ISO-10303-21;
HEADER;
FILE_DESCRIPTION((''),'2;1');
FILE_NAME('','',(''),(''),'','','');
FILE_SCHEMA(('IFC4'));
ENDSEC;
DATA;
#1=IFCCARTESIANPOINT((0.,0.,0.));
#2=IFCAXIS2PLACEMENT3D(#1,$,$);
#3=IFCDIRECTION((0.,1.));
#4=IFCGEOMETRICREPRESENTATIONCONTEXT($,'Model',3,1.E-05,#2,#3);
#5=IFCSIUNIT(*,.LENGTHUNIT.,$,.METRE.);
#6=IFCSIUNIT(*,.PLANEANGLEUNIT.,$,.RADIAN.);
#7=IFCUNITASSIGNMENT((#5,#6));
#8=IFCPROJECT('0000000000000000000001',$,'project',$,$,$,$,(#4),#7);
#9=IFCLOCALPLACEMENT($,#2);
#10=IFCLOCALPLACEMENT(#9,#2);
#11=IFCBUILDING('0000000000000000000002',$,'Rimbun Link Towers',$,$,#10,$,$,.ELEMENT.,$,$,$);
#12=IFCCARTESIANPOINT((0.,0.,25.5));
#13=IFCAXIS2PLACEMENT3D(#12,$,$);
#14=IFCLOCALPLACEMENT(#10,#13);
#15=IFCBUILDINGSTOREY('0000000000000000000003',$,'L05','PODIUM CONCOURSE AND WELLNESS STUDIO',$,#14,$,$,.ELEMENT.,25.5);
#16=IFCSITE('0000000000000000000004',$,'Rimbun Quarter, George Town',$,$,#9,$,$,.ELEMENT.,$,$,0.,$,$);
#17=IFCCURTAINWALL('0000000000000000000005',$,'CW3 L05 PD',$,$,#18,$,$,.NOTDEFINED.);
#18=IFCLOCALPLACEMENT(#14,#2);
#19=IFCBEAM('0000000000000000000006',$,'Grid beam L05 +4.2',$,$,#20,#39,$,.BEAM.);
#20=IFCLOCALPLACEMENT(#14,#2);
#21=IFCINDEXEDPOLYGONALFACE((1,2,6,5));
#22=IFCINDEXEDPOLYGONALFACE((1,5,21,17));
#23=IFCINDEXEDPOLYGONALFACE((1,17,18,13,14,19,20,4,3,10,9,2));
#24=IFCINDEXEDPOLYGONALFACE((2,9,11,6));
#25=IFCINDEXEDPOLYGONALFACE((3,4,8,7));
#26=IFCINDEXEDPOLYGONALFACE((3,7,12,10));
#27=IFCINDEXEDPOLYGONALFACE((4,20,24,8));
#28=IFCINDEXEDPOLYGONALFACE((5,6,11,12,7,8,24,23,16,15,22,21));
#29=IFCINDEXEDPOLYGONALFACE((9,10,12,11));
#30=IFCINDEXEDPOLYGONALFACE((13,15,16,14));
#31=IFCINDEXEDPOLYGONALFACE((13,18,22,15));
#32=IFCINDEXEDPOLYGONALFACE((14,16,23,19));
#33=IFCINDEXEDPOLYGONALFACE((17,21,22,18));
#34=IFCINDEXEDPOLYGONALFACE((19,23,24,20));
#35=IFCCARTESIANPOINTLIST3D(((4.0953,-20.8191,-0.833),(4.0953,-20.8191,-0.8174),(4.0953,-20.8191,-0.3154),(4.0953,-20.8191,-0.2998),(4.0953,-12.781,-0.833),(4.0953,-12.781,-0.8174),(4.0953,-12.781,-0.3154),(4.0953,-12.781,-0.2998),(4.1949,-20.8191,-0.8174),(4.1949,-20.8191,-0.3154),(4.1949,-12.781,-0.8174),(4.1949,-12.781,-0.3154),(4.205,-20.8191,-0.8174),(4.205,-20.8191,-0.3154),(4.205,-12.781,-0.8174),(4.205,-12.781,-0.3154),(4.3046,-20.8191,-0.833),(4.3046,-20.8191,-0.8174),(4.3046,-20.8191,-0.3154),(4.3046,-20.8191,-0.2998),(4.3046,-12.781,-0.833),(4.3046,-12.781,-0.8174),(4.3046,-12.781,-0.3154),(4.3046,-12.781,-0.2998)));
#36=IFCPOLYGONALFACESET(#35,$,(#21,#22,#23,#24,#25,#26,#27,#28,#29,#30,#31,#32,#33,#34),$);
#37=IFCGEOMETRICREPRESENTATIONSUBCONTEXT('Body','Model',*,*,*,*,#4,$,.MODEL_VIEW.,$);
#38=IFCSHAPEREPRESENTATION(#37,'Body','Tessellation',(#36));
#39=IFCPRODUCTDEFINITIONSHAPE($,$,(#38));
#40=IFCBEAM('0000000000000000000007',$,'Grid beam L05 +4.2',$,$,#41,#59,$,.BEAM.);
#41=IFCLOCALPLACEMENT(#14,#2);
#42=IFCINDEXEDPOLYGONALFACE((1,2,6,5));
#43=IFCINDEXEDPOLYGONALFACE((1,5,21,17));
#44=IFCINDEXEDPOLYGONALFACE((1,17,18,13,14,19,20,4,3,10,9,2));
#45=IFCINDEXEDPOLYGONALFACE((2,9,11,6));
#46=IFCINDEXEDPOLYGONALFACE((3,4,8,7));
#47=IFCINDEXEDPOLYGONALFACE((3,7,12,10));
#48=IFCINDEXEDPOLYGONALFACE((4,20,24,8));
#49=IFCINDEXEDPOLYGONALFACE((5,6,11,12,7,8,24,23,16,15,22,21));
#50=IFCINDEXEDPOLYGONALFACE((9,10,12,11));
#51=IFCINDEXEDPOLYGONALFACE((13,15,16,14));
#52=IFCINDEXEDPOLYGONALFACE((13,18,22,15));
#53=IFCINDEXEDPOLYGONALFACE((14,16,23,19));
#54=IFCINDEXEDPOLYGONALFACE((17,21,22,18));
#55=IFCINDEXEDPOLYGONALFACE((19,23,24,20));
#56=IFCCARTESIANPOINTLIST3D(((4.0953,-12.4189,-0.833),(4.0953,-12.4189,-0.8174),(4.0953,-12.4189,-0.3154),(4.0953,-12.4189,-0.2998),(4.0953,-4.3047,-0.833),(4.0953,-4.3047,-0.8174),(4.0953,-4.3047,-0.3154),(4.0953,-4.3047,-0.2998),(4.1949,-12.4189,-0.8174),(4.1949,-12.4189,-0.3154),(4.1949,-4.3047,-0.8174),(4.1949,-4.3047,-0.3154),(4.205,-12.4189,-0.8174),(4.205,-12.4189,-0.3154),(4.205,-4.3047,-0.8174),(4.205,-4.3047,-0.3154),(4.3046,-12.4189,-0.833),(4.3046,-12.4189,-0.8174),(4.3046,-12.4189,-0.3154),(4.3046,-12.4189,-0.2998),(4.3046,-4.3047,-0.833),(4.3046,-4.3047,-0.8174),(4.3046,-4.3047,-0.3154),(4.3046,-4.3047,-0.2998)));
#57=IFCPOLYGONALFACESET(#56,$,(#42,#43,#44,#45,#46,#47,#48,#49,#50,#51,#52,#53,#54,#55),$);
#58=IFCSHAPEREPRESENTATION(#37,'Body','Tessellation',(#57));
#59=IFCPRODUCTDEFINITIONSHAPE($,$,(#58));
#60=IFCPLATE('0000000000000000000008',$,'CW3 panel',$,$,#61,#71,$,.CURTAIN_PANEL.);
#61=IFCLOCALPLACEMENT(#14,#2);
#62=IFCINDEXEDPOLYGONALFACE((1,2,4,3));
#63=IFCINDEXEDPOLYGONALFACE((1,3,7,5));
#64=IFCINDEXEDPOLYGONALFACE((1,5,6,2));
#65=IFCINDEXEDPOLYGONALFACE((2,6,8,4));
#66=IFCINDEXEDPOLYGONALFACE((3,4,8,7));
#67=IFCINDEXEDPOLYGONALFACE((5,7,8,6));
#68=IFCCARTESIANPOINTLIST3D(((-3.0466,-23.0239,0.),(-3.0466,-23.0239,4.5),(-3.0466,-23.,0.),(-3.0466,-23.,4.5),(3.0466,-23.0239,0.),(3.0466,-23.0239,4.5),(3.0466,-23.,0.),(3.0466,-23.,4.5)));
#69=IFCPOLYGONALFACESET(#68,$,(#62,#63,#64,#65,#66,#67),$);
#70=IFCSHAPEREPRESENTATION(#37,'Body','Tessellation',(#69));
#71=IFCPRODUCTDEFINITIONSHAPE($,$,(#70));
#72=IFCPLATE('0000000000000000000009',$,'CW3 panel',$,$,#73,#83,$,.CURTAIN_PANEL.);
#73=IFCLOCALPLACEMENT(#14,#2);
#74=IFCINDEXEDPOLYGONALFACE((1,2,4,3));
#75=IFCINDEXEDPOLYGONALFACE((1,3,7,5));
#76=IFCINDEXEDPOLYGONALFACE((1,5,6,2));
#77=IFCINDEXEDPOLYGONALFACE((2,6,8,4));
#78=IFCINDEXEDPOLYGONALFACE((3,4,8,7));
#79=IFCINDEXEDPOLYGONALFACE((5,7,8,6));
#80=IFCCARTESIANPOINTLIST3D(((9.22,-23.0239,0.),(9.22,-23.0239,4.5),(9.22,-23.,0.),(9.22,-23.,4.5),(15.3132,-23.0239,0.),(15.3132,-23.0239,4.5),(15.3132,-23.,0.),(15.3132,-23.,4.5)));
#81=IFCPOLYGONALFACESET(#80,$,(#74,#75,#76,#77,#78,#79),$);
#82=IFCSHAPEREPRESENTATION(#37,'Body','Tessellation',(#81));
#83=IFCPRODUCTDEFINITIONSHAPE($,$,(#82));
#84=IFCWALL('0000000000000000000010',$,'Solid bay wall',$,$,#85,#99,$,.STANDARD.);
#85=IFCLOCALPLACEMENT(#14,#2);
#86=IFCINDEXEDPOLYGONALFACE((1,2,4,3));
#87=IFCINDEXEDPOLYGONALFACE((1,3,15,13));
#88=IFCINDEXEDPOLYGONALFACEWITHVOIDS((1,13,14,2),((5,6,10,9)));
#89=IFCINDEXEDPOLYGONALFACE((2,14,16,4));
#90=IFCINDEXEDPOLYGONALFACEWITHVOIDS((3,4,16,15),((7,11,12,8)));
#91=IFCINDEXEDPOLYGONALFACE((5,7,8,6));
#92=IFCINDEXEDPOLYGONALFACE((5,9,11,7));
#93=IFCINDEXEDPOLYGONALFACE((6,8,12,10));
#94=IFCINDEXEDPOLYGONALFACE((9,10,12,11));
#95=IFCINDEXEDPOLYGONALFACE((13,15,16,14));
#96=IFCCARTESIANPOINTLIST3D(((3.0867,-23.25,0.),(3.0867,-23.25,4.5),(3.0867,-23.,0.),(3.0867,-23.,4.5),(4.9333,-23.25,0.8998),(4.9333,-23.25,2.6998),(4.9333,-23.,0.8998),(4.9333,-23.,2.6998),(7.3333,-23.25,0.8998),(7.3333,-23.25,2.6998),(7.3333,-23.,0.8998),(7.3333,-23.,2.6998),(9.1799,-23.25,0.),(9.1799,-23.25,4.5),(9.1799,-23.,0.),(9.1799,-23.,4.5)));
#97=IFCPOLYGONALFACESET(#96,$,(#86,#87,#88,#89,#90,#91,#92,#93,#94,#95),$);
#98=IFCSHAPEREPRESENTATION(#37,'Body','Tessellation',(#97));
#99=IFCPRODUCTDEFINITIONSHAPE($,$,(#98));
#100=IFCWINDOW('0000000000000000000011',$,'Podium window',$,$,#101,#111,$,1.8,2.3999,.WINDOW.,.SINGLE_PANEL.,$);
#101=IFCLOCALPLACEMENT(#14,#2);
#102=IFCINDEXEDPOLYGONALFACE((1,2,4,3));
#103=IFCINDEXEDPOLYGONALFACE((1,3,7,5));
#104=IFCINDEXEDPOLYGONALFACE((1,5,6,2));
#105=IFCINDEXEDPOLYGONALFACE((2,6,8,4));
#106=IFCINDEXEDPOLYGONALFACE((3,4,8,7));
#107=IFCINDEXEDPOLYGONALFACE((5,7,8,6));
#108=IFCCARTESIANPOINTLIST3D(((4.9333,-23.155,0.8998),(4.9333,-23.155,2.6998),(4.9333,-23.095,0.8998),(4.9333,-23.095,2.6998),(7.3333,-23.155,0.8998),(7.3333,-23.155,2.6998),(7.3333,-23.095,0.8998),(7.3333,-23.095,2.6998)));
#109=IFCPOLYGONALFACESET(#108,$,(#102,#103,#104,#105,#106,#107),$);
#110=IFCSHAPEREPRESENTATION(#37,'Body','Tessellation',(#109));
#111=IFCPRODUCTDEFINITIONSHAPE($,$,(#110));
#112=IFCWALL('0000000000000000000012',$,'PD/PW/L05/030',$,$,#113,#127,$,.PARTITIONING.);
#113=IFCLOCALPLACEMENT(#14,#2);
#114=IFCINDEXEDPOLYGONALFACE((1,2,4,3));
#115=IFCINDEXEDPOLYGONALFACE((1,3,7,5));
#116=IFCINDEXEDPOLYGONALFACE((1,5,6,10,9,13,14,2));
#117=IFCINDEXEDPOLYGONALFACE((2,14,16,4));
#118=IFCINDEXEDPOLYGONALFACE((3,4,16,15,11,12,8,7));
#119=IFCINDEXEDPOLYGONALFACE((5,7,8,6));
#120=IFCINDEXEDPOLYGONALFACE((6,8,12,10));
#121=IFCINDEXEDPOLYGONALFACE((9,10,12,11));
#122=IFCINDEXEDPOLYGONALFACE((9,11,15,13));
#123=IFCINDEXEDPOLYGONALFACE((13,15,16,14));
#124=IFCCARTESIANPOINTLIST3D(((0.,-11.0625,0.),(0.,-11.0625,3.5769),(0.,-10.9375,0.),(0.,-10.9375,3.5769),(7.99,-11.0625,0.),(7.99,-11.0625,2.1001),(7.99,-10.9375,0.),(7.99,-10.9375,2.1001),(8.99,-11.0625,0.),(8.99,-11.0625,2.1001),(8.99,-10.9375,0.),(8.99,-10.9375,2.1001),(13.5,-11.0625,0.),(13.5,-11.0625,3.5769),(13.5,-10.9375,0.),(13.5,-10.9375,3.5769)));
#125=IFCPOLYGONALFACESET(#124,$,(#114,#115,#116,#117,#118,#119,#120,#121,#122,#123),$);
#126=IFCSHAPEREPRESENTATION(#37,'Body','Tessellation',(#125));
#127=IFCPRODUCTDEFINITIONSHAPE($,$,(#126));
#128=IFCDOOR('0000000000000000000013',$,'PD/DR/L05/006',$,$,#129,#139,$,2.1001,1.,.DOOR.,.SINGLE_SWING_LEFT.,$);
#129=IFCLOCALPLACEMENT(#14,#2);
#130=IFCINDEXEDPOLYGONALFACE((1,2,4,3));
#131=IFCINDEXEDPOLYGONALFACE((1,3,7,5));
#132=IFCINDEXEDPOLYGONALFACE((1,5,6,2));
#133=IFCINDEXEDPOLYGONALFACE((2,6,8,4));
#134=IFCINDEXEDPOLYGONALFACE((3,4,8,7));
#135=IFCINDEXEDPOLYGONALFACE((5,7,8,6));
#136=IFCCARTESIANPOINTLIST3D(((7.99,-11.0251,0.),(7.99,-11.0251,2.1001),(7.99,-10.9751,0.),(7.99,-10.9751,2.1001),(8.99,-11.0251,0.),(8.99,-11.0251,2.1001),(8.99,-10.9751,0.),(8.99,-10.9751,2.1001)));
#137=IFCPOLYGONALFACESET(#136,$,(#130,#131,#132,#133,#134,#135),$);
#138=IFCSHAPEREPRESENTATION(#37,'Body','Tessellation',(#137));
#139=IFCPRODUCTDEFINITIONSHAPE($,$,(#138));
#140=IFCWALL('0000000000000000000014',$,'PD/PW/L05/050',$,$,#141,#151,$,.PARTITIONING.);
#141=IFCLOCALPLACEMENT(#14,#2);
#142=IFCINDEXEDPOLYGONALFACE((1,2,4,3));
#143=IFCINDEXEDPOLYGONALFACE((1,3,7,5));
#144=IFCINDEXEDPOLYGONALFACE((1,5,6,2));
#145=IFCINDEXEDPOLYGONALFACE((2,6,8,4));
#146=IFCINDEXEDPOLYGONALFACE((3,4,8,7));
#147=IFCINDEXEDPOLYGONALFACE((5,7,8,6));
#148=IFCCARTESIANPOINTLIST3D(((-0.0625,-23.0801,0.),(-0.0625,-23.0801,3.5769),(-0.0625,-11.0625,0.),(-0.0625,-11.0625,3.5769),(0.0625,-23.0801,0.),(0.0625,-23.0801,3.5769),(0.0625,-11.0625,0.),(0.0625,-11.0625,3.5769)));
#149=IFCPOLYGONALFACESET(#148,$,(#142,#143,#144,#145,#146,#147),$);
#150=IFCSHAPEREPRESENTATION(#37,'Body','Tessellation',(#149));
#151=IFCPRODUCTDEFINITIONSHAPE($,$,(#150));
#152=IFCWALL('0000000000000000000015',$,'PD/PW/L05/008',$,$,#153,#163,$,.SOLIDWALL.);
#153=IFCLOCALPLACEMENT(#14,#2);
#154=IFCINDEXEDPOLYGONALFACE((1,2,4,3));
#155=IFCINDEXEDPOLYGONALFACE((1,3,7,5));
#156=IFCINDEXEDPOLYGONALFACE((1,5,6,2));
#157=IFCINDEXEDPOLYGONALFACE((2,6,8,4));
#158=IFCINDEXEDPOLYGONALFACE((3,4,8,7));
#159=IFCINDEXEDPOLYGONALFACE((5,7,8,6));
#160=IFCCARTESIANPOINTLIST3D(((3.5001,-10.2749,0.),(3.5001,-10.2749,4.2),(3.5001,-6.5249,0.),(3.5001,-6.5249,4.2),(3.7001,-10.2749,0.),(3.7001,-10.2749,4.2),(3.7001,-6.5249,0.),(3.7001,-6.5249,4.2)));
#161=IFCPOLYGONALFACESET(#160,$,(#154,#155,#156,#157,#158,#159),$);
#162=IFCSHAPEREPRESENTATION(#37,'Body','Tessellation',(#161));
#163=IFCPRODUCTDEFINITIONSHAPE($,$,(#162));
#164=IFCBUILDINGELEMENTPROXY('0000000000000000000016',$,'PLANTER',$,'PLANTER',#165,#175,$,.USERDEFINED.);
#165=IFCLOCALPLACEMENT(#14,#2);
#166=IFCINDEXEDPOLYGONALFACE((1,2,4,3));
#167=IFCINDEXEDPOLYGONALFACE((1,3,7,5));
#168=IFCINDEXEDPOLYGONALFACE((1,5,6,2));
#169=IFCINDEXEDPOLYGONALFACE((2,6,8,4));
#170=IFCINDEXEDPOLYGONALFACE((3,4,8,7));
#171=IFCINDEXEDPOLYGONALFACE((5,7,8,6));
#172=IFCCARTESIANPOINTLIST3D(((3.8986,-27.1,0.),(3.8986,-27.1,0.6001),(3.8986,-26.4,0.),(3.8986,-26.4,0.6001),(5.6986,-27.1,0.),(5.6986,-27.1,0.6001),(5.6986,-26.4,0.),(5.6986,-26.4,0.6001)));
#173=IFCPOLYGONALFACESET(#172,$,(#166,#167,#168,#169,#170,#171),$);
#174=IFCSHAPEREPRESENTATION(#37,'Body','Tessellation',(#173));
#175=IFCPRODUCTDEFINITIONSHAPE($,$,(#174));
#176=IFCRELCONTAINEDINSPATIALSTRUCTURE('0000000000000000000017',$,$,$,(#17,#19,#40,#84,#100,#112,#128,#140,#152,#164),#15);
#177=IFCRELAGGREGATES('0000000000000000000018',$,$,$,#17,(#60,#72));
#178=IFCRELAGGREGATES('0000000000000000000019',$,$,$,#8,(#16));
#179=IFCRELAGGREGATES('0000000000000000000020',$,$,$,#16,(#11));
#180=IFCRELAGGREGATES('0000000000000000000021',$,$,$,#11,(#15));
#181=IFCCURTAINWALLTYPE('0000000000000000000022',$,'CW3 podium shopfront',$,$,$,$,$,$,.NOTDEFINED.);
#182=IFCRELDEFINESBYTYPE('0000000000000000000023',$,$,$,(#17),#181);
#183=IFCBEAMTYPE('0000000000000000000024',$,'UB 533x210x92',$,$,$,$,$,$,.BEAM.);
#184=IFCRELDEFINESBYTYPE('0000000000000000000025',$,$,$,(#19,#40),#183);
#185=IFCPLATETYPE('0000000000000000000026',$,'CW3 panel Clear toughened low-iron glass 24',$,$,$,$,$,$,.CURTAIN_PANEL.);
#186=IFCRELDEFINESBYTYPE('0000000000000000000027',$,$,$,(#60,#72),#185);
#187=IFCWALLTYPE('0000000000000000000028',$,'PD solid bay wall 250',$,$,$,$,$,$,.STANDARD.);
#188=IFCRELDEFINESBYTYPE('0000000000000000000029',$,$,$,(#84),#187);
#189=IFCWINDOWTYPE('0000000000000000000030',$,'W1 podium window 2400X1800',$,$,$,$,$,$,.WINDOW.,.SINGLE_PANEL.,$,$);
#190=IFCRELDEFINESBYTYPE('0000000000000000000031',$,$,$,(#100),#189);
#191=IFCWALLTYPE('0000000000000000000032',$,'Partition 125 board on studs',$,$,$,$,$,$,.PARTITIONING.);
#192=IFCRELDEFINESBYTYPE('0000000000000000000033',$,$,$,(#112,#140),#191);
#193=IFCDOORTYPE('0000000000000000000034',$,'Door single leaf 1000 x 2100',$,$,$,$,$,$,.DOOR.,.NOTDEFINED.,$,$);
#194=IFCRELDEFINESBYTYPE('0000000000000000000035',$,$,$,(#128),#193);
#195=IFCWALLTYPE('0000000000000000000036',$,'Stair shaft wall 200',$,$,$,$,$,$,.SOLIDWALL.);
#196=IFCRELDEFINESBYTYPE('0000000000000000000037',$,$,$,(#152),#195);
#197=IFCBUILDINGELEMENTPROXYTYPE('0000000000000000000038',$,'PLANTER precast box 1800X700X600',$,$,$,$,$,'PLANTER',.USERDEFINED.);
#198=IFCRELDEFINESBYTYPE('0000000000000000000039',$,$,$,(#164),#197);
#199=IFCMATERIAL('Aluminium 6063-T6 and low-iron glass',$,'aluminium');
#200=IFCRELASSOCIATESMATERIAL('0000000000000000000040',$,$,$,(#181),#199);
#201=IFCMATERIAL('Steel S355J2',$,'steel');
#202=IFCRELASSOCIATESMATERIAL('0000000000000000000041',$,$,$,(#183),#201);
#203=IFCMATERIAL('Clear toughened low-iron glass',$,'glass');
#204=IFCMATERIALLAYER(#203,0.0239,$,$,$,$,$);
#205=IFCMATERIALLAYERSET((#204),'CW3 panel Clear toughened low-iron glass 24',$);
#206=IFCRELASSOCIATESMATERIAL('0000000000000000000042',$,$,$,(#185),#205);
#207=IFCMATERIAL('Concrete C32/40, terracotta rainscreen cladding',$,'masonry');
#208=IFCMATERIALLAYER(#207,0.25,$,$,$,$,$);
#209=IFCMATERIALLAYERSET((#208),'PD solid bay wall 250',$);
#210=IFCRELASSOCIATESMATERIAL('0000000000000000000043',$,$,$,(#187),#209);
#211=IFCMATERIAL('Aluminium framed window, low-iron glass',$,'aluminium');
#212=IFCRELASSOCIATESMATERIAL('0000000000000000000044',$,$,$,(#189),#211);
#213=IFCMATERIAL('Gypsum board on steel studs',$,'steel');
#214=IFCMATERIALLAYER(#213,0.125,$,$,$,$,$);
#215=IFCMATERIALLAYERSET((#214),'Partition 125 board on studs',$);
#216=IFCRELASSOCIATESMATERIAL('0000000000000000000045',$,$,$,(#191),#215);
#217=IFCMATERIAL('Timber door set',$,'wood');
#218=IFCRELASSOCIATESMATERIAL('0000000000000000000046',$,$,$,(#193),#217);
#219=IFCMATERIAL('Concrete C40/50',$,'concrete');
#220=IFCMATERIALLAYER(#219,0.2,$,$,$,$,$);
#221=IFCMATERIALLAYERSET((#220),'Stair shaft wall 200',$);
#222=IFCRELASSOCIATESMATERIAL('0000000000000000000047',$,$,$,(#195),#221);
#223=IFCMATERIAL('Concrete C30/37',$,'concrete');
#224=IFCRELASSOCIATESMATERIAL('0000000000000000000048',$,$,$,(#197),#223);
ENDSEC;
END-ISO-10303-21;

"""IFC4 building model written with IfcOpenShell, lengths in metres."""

from ifc_helpers import new_model, si_unit, direction, frame, frame_2d, origin, origin_2d, place, context, subcontext, project, spatial, rectangle, i_section, extrude, material, layer, layer_set, material_profile, profile_set, type_object, element, fill, aggregate, save


model = new_model("IFC4")

# Units and contexts
model_context = context("Model", 3, precision=1e-05, world=origin(), true_north=direction((0.0, 1.0)))
body_context = subcontext(model_context, "Body", "Model", "MODEL_VIEW")
ifc_project = project(units=[si_unit("LENGTHUNIT", "METRE"), si_unit("PLANEANGLEUNIT", "RADIAN")], contexts=[model_context])

# Site, building, storey
site_placement = place(None, origin())
site = spatial("IfcSite", under=ifc_project, at=site_placement, Name="Rimbun Quarter, George Town", CompositionType="ELEMENT", RefElevation=0.0)
building_placement = place(site_placement, origin())
building = spatial("IfcBuilding", under=site, at=building_placement, Name="Rimbun Link Towers", CompositionType="ELEMENT")
storey_placement = place(building_placement, frame((0.0, 0.0, 25.5)))
storey = spatial("IfcBuildingStorey", under=building, at=storey_placement, Name="L05", Description="PODIUM CONCOURSE AND WELLNESS STUDIO", CompositionType="ELEMENT", Elevation=25.5)

# Curtain wall
ifc_material_1 = material(Name="Aluminium 6063-T6 and low-iron glass", Category="aluminium")
curtain_wall_type = type_object("IfcCurtainWallType", Name="CW3 podium shopfront", PredefinedType="NOTDEFINED", material=ifc_material_1)
curtain_wall_placement = place(storey_placement, origin())
curtain_wall = element("IfcCurtainWall", 1, at=curtain_wall_placement, inside=storey, type_object=curtain_wall_type, Name="CW3 L05 PD", PredefinedType="NOTDEFINED")

# Beams
ifc_material_2 = material(Name="Steel S355J2", Category="steel")
ifc_material_profile_1 = material_profile(ifc_material_2, i_section(OverallWidth=0.2092, OverallDepth=0.5332, WebThickness=0.01, FlangeThickness=0.0156, at=origin_2d()), Name="UB 533x210x92")
ifc_profile_set_1 = profile_set([ifc_material_profile_1], Name="Steel S355J2")
beam_type = type_object("IfcBeamType", Name="UB 533x210x92", PredefinedType="BEAM", material=ifc_profile_set_1)
beam_1_placement = place(storey_placement, frame((4.2, -20.8191, -0.5664), z_axis=(0.0, 1.0, 0.0), x_axis=(-1.0, 0.0, 0.0)))
element("IfcBeam", 2, at=beam_1_placement, inside=storey, type_object=beam_type, Name="Grid beam L05 +4.2", PredefinedType="BEAM", context=body_context, shape_type="SweptSolid", body=[
    extrude(i_section(OverallWidth=0.2092, OverallDepth=0.5332, WebThickness=0.01, FlangeThickness=0.0156, at=origin_2d()), origin(), (0.0, 0.0, 1.0), 8.0381),
])
beam_2_placement = place(storey_placement, frame((4.2, -12.4189, -0.5664), z_axis=(0.0, 1.0, 0.0), x_axis=(-1.0, 0.0, 0.0)))
element("IfcBeam", 3, at=beam_2_placement, inside=storey, type_object=beam_type, Name="Grid beam L05 +4.2", PredefinedType="BEAM", context=body_context, shape_type="SweptSolid", body=[
    extrude(i_section(OverallWidth=0.2092, OverallDepth=0.5332, WebThickness=0.01, FlangeThickness=0.0156, at=origin_2d()), origin(), (0.0, 0.0, 1.0), 8.1143),
])

# Plates
ifc_material_3 = material(Name="Clear toughened low-iron glass", Category="glass")
ifc_layer_1 = layer(ifc_material_3, 0.0239)
ifc_layer_set_1 = layer_set([ifc_layer_1], Name="CW3 panel Clear toughened low-iron glass 24")
plate_type = type_object("IfcPlateType", Name="CW3 panel Clear toughened low-iron glass 24", PredefinedType="CURTAIN_PANEL", material=ifc_layer_set_1)
plate_1_placement = place(storey_placement, frame((0.0, -23.012, 0.0), z_axis=(0.0, 0.0, 1.0), x_axis=(-1.0, 0.0, 0.0)))
plate_1 = element("IfcPlate", 4, at=plate_1_placement, type_object=plate_type, Name="CW3 panel", PredefinedType="CURTAIN_PANEL", context=body_context, shape_type="SweptSolid", body=[
    extrude(rectangle(XDim=6.0933, YDim=0.0239, at=origin_2d()), origin(), (0.0, 0.0, 1.0), 4.5),
])
plate_2_placement = place(storey_placement, frame((12.2666, -23.012, 0.0), z_axis=(0.0, 0.0, 1.0), x_axis=(-1.0, 0.0, 0.0)))
plate_2 = element("IfcPlate", 5, at=plate_2_placement, type_object=plate_type, Name="CW3 panel", PredefinedType="CURTAIN_PANEL", context=body_context, shape_type="SweptSolid", body=[
    extrude(rectangle(XDim=6.0933, YDim=0.0239, at=origin_2d()), origin(), (0.0, 0.0, 1.0), 4.5),
])
aggregate(curtain_wall, [plate_1, plate_2])

# Wall, opening, window
ifc_material_4 = material(Name="Concrete C32/40, terracotta rainscreen cladding", Category="masonry")
ifc_layer_2 = layer(ifc_material_4, 0.25)
ifc_layer_set_2 = layer_set([ifc_layer_2], Name="PD solid bay wall 250")
wall_type_1 = type_object("IfcWallType", Name="PD solid bay wall 250", PredefinedType="STANDARD", material=ifc_layer_set_2)
wall_1_placement = place(storey_placement, frame((9.1799, -23.125, 0.0), z_axis=(0.0, 0.0, 1.0), x_axis=(-1.0, 0.0, 0.0)))
wall_1 = element("IfcWall", 6, at=wall_1_placement, inside=storey, type_object=wall_type_1, Name="Solid bay wall", PredefinedType="STANDARD", context=body_context, shape_type="SweptSolid", body=[
    extrude(rectangle(XDim=6.0933, YDim=0.25, at=frame_2d((3.0466, 0.0))), origin(), (0.0, 0.0, 1.0), 4.5),
])
opening_1_placement = place(wall_1_placement, frame((1.8467, 0.0, 0.8999)))
opening_1 = element("IfcOpeningElement", 7, at=opening_1_placement, cuts=wall_1, PredefinedType="OPENING", context=body_context, shape_type="SweptSolid", body=[
    extrude(rectangle(XDim=2.3999, YDim=1.8, at=frame_2d((1.2, 0.8999))), frame((0.0, 0.135, 0.0), z_axis=(0.0, -1.0, 0.0), x_axis=(1.0, 0.0, 0.0)), (0.0, 0.0, 1.0), 0.27),
])
ifc_material_5 = material(Name="Aluminium framed window, low-iron glass", Category="aluminium")
window_type = type_object("IfcWindowType", Name="W1 podium window 2400X1800", PartitioningType="SINGLE_PANEL", PredefinedType="WINDOW", material=ifc_material_5)
window_placement = place(opening_1_placement, origin())
window = element("IfcWindow", 8, at=window_placement, inside=storey, type_object=window_type, Name="Podium window", OverallHeight=1.8, OverallWidth=2.3999, PartitioningType="SINGLE_PANEL", PredefinedType="WINDOW", context=body_context, shape_type="SweptSolid", body=[
    extrude(rectangle(XDim=2.3999, YDim=1.8, at=frame_2d((1.2, 0.8999))), frame((0.0, 0.03, 0.0), z_axis=(0.0, -1.0, 0.0), x_axis=(1.0, 0.0, 0.0)), (0.0, 0.0, 1.0), 0.0601),
])
fill(opening_1, window)

# Wall, opening, door
ifc_material_6 = material(Name="Gypsum board on steel studs", Category="steel")
ifc_layer_3 = layer(ifc_material_6, 0.125)
ifc_layer_set_3 = layer_set([ifc_layer_3], Name="Partition 125 board on studs")
wall_type_2 = type_object("IfcWallType", Name="Partition 125 board on studs", PredefinedType="PARTITIONING", material=ifc_layer_set_3)
wall_2_placement = place(storey_placement, frame((0.0, -11.0, 0.0), z_axis=(0.0, 0.0, 1.0), x_axis=(1.0, 0.0, 0.0)))
wall_2 = element("IfcWall", 9, at=wall_2_placement, inside=storey, type_object=wall_type_2, Name="PD/PW/L05/030", PredefinedType="PARTITIONING", context=body_context, shape_type="SweptSolid", body=[
    extrude(rectangle(XDim=13.5, YDim=0.125, at=frame_2d((6.75, 0.0))), origin(), (0.0, 0.0, 1.0), 3.5769),
])
opening_2_placement = place(wall_2_placement, frame((7.99, 0.0, 0.0)))
opening_2 = element("IfcOpeningElement", 10, at=opening_2_placement, cuts=wall_2, PredefinedType="OPENING", context=body_context, shape_type="SweptSolid", body=[
    extrude(rectangle(XDim=1.0, YDim=2.1001, at=frame_2d((0.5, 1.05))), frame((0.0, 0.0725, 0.0), z_axis=(0.0, -1.0, 0.0), x_axis=(1.0, 0.0, 0.0)), (0.0, 0.0, 1.0), 0.145),
])
ifc_material_7 = material(Name="Timber door set", Category="wood")
door_type = type_object("IfcDoorType", Name="Door single leaf 1000 x 2100", OperationType="NOTDEFINED", PredefinedType="DOOR", material=ifc_material_7)
door_placement = place(opening_2_placement, origin())
door = element("IfcDoor", 11, at=door_placement, inside=storey, type_object=door_type, Name="PD/DR/L05/006", OperationType="SINGLE_SWING_LEFT", OverallHeight=2.1001, OverallWidth=1.0, PredefinedType="DOOR", context=body_context, shape_type="SweptSolid", body=[
    extrude(rectangle(XDim=1.0, YDim=2.1001, at=frame_2d((0.5, 1.05))), frame((0.0, 0.0249, 0.0), z_axis=(0.0, -1.0, 0.0), x_axis=(1.0, 0.0, 0.0)), (0.0, 0.0, 1.0), 0.05),
])
fill(opening_2, door)

# Walls
wall_3_placement = place(storey_placement, frame((0.0, -23.0801, 0.0), z_axis=(0.0, 0.0, 1.0), x_axis=(0.0, 1.0, 0.0)))
element("IfcWall", 12, at=wall_3_placement, inside=storey, type_object=wall_type_2, Name="PD/PW/L05/050", PredefinedType="PARTITIONING", context=body_context, shape_type="SweptSolid", body=[
    extrude(rectangle(XDim=12.0176, YDim=0.125, at=frame_2d((6.0088, 0.0))), origin(), (0.0, 0.0, 1.0), 3.5769),
])
ifc_material_8 = material(Name="Concrete C40/50", Category="concrete")
ifc_layer_4 = layer(ifc_material_8, 0.2)
ifc_layer_set_4 = layer_set([ifc_layer_4], Name="Stair shaft wall 200")
wall_type_3 = type_object("IfcWallType", Name="Stair shaft wall 200", PredefinedType="SOLIDWALL", material=ifc_layer_set_4)
wall_4_placement = place(storey_placement, frame((3.6001, -10.2749, 0.0), z_axis=(0.0, 0.0, 1.0), x_axis=(0.0, 1.0, 0.0)))
element("IfcWall", 13, at=wall_4_placement, inside=storey, type_object=wall_type_3, Name="PD/PW/L05/008", PredefinedType="SOLIDWALL", context=body_context, shape_type="SweptSolid", body=[
    extrude(rectangle(XDim=3.75, YDim=0.2, at=frame_2d((1.875, 0.0))), origin(), (0.0, 0.0, 1.0), 4.2),
])

# Building element proxy
ifc_material_9 = material(Name="Concrete C30/37", Category="concrete")
building_element_proxy_type = type_object("IfcBuildingElementProxyType", Name="PLANTER precast box 1800X700X600", ElementType="PLANTER", PredefinedType="USERDEFINED", material=ifc_material_9)
proxy_placement = place(storey_placement, frame((4.7986, -26.75, 0.0), z_axis=(0.0, 0.0, 1.0), x_axis=(1.0, 0.0, 0.0)))
element("IfcBuildingElementProxy", 14, at=proxy_placement, inside=storey, type_object=building_element_proxy_type, Name="PLANTER", ObjectType="PLANTER", PredefinedType="USERDEFINED", context=body_context, shape_type="SweptSolid", body=[
    extrude(rectangle(XDim=1.8, YDim=0.7, at=origin_2d()), origin(), (0.0, 0.0, 1.0), 0.6001),
])

save(model, "model.ifc")
